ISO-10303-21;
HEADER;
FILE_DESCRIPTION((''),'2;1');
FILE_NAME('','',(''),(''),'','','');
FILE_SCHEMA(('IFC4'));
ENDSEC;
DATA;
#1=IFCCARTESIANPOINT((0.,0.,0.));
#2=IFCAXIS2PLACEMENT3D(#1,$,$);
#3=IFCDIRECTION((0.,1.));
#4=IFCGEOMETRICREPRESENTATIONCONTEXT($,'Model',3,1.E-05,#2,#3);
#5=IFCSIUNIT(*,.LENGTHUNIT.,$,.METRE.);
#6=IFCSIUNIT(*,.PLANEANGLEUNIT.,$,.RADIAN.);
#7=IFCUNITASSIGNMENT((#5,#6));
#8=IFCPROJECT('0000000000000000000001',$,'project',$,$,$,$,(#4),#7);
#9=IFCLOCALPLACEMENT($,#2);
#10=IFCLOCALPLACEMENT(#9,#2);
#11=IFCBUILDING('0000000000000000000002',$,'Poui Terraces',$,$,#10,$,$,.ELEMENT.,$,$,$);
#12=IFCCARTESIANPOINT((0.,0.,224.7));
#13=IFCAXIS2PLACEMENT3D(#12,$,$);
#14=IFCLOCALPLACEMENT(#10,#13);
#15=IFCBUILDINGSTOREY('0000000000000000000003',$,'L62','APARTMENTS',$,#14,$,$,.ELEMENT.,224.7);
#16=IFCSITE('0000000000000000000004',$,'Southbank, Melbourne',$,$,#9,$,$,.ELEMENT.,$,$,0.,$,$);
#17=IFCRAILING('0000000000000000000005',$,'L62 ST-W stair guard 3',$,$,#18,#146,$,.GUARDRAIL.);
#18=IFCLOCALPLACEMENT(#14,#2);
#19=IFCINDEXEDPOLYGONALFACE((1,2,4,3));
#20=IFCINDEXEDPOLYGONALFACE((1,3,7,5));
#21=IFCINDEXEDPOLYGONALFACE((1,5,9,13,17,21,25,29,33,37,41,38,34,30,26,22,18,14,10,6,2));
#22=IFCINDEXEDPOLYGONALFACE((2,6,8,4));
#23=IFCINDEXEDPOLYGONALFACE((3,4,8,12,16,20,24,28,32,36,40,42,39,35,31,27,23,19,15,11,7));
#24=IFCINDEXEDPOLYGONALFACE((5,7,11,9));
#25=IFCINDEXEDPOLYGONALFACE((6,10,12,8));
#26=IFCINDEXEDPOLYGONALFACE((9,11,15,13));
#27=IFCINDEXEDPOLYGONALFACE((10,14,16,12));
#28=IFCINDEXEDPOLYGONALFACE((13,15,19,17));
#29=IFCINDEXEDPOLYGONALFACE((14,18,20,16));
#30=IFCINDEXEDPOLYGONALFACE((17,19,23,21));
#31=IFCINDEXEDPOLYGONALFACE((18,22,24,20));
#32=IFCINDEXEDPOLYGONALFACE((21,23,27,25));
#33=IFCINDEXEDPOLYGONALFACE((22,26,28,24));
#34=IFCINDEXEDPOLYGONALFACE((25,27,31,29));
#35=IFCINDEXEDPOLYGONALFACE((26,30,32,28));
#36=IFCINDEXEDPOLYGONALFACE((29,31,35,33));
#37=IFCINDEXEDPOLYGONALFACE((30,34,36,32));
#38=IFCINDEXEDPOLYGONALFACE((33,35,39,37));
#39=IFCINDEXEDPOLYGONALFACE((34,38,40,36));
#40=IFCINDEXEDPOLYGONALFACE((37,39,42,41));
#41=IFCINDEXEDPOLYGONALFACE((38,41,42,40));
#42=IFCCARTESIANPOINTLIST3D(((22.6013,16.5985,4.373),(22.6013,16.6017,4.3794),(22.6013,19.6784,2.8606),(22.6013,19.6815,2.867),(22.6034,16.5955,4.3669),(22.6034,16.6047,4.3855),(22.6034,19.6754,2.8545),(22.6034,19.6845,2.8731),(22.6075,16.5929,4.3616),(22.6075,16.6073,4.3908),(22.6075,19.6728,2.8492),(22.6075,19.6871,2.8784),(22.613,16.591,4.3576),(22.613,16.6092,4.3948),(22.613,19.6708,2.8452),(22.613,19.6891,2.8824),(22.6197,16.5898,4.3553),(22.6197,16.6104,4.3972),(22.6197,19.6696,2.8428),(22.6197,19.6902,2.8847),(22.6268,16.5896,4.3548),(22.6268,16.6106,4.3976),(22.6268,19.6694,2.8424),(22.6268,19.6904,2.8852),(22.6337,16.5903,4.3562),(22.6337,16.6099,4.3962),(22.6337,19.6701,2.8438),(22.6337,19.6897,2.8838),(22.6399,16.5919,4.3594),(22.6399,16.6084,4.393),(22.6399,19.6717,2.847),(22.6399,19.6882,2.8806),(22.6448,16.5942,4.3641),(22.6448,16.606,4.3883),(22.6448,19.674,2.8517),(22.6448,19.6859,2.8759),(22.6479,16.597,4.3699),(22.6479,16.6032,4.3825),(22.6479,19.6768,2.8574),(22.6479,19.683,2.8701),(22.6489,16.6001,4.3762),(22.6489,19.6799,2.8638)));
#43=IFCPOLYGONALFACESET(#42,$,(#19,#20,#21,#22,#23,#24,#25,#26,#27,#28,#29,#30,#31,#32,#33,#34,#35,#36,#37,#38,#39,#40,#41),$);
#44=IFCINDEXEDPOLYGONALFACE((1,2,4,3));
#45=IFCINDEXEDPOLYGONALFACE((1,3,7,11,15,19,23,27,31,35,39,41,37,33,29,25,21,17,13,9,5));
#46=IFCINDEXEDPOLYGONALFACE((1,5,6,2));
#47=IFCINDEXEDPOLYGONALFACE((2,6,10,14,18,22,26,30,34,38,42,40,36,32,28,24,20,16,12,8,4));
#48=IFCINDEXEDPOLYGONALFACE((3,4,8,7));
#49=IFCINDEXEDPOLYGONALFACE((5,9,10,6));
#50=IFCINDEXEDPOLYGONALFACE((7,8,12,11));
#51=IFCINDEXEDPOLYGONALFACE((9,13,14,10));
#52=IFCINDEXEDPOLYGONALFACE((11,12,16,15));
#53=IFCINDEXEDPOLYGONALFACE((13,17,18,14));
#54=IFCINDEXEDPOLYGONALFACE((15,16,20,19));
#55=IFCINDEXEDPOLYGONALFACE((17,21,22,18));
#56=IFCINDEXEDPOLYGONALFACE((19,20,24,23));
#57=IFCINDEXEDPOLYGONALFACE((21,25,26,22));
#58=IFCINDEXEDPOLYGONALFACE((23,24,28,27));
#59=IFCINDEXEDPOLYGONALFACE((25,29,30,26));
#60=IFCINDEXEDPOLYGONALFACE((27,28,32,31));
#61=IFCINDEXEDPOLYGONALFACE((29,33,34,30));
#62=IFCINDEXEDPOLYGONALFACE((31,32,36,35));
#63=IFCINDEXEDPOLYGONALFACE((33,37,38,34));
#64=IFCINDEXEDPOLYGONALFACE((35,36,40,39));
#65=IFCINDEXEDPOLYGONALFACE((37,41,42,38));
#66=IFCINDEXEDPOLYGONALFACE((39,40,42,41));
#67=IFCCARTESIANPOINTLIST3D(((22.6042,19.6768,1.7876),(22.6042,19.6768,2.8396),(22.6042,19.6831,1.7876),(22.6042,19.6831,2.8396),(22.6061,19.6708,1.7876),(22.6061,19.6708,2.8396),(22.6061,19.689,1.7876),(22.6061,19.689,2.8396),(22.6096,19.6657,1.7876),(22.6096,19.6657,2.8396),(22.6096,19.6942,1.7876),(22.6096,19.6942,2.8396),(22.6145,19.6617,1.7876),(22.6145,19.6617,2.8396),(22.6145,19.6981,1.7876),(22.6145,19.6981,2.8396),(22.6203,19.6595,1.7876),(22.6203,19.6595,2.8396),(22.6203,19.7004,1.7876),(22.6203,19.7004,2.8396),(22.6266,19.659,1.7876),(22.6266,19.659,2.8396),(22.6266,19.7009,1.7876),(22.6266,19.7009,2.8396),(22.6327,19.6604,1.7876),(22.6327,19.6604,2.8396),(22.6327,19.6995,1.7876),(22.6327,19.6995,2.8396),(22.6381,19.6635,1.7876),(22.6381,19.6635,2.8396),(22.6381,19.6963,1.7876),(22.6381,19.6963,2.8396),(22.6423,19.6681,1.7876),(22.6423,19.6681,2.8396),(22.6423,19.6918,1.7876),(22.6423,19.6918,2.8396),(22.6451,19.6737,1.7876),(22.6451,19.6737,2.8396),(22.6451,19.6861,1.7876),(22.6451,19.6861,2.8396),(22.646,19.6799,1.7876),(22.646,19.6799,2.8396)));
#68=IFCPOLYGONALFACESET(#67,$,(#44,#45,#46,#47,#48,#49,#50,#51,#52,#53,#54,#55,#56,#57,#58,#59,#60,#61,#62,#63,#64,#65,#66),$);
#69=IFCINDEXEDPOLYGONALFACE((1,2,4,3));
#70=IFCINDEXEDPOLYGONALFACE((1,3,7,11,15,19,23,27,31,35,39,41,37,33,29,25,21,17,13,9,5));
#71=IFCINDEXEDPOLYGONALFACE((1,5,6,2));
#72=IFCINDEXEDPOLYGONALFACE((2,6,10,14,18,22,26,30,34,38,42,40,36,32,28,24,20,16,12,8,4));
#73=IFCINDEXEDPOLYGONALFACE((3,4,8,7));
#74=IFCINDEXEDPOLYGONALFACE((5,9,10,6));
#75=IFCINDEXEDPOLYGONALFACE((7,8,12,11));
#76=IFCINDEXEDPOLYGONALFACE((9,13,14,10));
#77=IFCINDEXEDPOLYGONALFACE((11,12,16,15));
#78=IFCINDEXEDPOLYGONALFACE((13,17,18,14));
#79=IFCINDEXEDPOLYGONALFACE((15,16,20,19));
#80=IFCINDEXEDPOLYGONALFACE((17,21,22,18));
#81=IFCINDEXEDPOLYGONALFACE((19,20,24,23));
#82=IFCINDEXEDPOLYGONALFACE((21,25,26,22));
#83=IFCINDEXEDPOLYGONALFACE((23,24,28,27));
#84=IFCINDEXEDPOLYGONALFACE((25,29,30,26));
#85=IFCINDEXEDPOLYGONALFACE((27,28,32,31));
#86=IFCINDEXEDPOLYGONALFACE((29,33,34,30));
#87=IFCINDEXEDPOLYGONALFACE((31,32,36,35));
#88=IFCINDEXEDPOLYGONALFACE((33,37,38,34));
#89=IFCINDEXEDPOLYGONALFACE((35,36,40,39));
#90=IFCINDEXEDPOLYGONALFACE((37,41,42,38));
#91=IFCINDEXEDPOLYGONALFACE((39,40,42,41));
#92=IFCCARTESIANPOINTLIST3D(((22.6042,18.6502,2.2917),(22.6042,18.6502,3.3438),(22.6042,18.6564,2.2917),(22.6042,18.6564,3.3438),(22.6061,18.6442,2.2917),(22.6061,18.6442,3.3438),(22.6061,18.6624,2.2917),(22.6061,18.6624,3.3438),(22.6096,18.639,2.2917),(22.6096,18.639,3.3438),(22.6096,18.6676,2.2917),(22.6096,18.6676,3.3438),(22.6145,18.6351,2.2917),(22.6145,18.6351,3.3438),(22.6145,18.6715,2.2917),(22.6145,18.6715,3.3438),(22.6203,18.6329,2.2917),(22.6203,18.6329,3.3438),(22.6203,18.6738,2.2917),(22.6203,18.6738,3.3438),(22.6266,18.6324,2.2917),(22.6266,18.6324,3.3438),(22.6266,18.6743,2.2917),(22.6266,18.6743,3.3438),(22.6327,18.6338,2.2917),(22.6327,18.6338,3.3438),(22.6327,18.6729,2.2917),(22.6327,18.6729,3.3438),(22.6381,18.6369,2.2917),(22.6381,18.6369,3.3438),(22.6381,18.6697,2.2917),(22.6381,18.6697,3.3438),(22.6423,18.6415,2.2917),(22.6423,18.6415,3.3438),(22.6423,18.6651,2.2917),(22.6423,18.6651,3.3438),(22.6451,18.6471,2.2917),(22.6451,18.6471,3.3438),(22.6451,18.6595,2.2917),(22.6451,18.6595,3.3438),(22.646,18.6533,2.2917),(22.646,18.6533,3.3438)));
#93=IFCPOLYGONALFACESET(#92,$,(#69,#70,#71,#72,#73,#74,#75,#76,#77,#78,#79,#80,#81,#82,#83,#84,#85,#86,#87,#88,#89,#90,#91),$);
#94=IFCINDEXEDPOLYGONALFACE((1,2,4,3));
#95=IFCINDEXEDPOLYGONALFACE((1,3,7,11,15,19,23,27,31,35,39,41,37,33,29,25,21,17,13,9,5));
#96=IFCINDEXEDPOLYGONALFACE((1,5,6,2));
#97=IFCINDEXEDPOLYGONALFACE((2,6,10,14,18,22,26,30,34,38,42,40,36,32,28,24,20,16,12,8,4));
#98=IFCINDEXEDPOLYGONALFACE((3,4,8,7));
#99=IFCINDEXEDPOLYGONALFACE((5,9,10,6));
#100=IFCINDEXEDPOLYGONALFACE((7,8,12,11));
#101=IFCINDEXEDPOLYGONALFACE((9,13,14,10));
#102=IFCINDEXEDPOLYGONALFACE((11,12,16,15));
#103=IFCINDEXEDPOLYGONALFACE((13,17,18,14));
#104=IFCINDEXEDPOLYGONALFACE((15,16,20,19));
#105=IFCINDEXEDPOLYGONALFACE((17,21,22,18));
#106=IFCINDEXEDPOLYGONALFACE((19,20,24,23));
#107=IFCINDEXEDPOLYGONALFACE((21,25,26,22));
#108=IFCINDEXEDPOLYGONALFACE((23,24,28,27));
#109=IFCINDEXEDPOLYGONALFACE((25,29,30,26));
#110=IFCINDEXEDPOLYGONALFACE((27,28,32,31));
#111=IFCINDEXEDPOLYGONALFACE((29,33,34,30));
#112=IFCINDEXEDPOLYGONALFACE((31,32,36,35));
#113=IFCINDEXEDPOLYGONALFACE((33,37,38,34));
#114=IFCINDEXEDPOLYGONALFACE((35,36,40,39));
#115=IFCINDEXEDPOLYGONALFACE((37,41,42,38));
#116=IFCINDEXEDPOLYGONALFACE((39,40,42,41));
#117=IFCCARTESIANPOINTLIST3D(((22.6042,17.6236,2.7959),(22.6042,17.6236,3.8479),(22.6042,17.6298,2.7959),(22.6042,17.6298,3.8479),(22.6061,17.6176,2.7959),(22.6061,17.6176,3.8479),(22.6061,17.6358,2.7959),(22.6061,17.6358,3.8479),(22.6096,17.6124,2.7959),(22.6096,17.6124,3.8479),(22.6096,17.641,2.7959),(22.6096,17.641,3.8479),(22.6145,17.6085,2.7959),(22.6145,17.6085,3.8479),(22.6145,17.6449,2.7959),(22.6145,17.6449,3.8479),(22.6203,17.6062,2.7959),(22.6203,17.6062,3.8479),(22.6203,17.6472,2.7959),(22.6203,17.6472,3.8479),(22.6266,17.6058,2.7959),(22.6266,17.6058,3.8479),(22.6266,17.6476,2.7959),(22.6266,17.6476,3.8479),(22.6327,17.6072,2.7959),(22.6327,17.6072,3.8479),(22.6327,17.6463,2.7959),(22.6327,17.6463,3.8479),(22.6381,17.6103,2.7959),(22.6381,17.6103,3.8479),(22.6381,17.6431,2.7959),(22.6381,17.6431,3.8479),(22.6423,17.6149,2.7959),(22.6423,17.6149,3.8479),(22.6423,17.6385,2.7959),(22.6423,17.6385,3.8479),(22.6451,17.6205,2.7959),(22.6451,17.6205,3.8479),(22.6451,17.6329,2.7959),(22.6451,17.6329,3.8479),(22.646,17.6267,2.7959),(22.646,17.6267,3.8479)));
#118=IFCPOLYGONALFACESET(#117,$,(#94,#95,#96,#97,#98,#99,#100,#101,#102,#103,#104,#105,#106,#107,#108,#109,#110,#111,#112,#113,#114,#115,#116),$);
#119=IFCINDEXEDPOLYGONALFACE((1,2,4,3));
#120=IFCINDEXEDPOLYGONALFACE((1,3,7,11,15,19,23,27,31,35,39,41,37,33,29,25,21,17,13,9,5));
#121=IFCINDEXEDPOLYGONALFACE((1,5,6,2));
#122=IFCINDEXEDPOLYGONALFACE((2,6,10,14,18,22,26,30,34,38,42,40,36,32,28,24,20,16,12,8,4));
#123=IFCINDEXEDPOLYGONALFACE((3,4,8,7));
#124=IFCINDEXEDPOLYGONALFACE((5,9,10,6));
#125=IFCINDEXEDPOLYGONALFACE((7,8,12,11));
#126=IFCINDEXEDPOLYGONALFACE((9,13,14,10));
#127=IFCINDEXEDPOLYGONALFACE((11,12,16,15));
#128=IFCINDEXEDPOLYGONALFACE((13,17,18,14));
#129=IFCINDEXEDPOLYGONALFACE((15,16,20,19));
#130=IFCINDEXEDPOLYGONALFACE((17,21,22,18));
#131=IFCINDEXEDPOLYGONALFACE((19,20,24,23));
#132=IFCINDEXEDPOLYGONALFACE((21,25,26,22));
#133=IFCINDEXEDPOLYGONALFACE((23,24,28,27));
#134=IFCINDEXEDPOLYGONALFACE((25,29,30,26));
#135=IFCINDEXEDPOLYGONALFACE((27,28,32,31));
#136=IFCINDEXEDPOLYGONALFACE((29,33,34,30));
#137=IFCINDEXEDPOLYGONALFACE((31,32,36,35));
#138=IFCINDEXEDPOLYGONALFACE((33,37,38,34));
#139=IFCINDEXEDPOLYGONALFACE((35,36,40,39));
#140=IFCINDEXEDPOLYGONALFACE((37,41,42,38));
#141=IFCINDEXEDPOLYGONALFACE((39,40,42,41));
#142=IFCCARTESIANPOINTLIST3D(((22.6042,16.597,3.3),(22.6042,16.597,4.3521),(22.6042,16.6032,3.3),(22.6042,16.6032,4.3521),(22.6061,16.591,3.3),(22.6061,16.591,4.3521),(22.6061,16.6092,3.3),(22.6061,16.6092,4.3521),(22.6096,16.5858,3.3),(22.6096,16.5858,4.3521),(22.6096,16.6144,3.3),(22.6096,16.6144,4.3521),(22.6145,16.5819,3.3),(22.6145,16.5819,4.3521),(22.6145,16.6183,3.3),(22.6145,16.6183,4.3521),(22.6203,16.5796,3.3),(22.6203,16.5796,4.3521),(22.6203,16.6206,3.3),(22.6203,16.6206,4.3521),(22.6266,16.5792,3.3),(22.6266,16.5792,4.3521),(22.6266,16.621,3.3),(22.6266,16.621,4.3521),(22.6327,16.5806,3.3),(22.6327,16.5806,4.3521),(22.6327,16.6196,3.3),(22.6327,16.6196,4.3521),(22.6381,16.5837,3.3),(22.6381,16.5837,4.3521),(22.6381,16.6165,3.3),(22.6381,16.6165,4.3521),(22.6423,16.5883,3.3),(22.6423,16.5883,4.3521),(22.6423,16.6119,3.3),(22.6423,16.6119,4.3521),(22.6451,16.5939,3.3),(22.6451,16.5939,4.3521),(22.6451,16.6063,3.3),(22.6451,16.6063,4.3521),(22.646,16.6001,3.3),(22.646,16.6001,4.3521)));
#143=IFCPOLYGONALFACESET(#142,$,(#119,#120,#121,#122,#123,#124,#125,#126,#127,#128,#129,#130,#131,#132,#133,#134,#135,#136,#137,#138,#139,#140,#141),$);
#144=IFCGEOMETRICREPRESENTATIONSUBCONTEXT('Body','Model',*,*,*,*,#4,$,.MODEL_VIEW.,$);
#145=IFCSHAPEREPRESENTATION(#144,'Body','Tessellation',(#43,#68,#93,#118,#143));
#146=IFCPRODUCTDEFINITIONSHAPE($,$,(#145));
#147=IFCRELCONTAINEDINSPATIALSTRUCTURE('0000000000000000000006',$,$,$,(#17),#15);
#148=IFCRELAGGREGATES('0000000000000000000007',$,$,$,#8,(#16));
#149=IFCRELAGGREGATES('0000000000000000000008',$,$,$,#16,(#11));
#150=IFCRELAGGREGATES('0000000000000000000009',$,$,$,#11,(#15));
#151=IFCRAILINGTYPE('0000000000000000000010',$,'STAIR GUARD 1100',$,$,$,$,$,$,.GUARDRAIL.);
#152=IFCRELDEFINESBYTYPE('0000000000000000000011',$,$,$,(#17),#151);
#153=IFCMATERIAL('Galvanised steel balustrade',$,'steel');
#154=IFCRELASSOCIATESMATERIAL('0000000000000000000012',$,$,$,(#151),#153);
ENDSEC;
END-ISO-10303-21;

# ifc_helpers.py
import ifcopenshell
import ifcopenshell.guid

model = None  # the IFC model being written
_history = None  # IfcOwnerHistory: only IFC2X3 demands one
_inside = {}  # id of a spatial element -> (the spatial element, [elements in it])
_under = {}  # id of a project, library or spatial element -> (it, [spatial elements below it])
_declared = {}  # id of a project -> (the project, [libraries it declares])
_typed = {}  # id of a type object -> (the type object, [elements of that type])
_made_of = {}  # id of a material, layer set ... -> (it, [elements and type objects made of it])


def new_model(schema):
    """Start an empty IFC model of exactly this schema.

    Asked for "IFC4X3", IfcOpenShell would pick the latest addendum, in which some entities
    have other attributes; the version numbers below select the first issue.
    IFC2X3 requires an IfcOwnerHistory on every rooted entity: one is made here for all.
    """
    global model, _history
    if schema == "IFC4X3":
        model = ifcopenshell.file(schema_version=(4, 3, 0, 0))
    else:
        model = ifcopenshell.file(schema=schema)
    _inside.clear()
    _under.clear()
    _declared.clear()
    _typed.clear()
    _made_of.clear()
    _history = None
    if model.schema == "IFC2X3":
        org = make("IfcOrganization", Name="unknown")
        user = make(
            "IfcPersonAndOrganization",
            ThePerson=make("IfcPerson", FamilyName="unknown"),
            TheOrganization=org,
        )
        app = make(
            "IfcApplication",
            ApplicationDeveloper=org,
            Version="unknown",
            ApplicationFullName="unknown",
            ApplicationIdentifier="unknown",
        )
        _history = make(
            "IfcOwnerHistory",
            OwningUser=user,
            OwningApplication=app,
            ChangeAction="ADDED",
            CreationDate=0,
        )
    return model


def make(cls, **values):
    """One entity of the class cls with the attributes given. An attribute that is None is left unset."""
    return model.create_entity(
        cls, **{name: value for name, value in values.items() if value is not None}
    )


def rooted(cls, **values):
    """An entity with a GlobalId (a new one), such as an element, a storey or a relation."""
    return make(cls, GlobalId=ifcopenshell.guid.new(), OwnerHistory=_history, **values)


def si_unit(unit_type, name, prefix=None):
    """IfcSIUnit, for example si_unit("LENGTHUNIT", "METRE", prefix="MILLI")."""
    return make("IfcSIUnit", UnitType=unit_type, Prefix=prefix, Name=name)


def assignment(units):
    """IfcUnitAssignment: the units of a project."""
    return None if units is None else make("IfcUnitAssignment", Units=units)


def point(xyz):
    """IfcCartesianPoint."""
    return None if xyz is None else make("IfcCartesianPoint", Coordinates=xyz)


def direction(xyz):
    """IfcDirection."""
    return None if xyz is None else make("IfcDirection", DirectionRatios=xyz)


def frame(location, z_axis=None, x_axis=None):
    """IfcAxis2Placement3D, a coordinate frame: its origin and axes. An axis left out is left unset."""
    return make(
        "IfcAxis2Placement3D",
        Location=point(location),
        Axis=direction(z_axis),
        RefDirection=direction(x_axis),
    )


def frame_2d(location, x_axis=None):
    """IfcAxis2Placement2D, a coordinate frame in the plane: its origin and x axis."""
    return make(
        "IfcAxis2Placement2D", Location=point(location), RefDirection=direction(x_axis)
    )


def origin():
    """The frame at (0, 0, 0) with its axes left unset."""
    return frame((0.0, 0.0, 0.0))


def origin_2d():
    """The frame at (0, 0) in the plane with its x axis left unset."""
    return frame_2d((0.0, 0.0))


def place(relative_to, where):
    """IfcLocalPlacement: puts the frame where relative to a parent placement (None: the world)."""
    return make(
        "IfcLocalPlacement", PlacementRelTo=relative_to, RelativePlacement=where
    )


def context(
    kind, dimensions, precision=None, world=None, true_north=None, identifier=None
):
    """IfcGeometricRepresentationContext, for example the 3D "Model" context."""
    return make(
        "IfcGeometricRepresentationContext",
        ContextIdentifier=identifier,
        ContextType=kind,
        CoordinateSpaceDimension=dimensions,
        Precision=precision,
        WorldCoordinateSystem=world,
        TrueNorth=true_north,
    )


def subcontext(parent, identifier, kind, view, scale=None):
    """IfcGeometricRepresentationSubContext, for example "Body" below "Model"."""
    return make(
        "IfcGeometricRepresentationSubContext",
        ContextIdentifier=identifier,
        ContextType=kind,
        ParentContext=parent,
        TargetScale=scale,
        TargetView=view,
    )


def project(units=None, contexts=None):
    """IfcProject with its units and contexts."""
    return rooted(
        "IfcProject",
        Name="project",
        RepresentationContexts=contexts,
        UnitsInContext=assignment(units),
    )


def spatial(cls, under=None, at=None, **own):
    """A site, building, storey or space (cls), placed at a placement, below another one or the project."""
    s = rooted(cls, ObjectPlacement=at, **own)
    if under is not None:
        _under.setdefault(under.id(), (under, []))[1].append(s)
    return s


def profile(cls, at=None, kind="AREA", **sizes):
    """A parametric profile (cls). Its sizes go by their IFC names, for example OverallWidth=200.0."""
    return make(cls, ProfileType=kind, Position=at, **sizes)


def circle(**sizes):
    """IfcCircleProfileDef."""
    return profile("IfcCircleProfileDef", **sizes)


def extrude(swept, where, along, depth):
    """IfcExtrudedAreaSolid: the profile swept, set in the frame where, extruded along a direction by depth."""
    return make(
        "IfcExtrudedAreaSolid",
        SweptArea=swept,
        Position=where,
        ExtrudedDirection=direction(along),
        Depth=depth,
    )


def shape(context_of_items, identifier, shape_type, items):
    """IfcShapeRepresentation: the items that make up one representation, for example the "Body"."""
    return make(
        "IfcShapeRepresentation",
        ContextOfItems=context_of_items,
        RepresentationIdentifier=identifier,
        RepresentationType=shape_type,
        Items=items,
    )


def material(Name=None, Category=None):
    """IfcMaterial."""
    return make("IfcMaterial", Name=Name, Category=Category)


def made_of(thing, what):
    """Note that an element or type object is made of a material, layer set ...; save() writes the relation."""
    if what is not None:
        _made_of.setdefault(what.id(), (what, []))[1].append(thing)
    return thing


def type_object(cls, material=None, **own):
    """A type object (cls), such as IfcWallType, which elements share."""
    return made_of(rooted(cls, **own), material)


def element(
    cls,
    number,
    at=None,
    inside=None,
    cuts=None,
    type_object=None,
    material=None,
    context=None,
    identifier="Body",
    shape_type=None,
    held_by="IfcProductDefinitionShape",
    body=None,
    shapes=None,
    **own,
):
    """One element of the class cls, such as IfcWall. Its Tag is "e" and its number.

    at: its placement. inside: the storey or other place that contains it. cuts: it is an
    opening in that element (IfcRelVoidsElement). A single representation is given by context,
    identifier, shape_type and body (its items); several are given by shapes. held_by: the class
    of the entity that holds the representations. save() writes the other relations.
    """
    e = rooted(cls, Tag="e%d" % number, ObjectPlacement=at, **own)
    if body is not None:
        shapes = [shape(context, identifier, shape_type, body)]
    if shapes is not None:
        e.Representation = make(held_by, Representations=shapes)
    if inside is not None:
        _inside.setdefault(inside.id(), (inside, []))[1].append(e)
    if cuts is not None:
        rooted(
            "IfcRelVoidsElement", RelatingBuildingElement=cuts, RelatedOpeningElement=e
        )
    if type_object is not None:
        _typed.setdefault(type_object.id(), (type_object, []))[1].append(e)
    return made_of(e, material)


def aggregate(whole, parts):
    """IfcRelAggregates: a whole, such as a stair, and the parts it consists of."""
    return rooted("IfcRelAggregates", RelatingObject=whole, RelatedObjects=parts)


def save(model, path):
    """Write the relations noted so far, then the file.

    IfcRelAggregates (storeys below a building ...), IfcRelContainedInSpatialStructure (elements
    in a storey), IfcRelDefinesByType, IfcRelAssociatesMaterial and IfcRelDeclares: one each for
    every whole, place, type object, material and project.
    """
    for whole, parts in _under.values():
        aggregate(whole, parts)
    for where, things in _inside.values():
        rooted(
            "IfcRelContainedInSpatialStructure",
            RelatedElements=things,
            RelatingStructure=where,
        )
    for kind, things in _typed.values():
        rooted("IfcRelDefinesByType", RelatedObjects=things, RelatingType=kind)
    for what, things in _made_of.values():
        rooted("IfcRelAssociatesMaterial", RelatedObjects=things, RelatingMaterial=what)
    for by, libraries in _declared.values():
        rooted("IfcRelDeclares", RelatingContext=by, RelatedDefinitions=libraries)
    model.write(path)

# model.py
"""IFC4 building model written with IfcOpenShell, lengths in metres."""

from ifc_helpers import new_model, si_unit, direction, frame, origin, origin_2d, place, context, subcontext, project, spatial, circle, extrude, material, type_object, element, save


model = new_model("IFC4")

# Units and contexts
model_context = context("Model", 3, precision=1e-05, world=origin(), true_north=direction((0.0, 1.0)))
body_context = subcontext(model_context, "Body", "Model", "MODEL_VIEW")
ifc_project = project(units=[si_unit("LENGTHUNIT", "METRE"), si_unit("PLANEANGLEUNIT", "RADIAN")], contexts=[model_context])

# Site, building, storey
site_placement = place(None, origin())
site = spatial("IfcSite", under=ifc_project, at=site_placement, Name="Southbank, Melbourne", CompositionType="ELEMENT", RefElevation=0.0)
building_placement = place(site_placement, origin())
building = spatial("IfcBuilding", under=site, at=building_placement, Name="Poui Terraces", CompositionType="ELEMENT")
storey_placement = place(building_placement, frame((0.0, 0.0, 224.7)))
storey = spatial("IfcBuildingStorey", under=building, at=storey_placement, Name="L62", Description="APARTMENTS", CompositionType="ELEMENT", Elevation=224.7)

# Railing
ifc_material_1 = material(Name="Galvanised steel balustrade", Category="steel")
railing_type_1 = type_object("IfcRailingType", Name="STAIR GUARD 1100", PredefinedType="GUARDRAIL", material=ifc_material_1)
railing_1_placement = place(storey_placement, frame((22.625, 19.6799, 1.7876)))
element("IfcRailing", 1, at=railing_1_placement, inside=storey, type_object=railing_type_1, Name="L62 ST-W stair guard 3", PredefinedType="GUARDRAIL", context=body_context, shape_type="SweptSolid", body=[
    extrude(circle(Radius=0.0239, at=origin_2d()), frame((0.0, 0.0, 1.0762), z_axis=(0.0, -0.897606, 0.440798), x_axis=(1.0, 0.0, 0.0)), (0.0, 0.0, 1.0), 3.4312),
    extrude(circle(Radius=0.021, at=origin_2d()), origin(), (0.0, 0.0, 1.0), 1.052),
    extrude(circle(Radius=0.021, at=origin_2d()), frame((0.0, -1.0266, 0.5042)), (0.0, 0.0, 1.0), 1.052),
    extrude(circle(Radius=0.021, at=origin_2d()), frame((0.0, -2.0532, 1.0083)), (0.0, 0.0, 1.0), 1.052),
    extrude(circle(Radius=0.021, at=origin_2d()), frame((0.0, -3.0798, 1.5125)), (0.0, 0.0, 1.0), 1.052),
])

save(model, "model.ifc")
